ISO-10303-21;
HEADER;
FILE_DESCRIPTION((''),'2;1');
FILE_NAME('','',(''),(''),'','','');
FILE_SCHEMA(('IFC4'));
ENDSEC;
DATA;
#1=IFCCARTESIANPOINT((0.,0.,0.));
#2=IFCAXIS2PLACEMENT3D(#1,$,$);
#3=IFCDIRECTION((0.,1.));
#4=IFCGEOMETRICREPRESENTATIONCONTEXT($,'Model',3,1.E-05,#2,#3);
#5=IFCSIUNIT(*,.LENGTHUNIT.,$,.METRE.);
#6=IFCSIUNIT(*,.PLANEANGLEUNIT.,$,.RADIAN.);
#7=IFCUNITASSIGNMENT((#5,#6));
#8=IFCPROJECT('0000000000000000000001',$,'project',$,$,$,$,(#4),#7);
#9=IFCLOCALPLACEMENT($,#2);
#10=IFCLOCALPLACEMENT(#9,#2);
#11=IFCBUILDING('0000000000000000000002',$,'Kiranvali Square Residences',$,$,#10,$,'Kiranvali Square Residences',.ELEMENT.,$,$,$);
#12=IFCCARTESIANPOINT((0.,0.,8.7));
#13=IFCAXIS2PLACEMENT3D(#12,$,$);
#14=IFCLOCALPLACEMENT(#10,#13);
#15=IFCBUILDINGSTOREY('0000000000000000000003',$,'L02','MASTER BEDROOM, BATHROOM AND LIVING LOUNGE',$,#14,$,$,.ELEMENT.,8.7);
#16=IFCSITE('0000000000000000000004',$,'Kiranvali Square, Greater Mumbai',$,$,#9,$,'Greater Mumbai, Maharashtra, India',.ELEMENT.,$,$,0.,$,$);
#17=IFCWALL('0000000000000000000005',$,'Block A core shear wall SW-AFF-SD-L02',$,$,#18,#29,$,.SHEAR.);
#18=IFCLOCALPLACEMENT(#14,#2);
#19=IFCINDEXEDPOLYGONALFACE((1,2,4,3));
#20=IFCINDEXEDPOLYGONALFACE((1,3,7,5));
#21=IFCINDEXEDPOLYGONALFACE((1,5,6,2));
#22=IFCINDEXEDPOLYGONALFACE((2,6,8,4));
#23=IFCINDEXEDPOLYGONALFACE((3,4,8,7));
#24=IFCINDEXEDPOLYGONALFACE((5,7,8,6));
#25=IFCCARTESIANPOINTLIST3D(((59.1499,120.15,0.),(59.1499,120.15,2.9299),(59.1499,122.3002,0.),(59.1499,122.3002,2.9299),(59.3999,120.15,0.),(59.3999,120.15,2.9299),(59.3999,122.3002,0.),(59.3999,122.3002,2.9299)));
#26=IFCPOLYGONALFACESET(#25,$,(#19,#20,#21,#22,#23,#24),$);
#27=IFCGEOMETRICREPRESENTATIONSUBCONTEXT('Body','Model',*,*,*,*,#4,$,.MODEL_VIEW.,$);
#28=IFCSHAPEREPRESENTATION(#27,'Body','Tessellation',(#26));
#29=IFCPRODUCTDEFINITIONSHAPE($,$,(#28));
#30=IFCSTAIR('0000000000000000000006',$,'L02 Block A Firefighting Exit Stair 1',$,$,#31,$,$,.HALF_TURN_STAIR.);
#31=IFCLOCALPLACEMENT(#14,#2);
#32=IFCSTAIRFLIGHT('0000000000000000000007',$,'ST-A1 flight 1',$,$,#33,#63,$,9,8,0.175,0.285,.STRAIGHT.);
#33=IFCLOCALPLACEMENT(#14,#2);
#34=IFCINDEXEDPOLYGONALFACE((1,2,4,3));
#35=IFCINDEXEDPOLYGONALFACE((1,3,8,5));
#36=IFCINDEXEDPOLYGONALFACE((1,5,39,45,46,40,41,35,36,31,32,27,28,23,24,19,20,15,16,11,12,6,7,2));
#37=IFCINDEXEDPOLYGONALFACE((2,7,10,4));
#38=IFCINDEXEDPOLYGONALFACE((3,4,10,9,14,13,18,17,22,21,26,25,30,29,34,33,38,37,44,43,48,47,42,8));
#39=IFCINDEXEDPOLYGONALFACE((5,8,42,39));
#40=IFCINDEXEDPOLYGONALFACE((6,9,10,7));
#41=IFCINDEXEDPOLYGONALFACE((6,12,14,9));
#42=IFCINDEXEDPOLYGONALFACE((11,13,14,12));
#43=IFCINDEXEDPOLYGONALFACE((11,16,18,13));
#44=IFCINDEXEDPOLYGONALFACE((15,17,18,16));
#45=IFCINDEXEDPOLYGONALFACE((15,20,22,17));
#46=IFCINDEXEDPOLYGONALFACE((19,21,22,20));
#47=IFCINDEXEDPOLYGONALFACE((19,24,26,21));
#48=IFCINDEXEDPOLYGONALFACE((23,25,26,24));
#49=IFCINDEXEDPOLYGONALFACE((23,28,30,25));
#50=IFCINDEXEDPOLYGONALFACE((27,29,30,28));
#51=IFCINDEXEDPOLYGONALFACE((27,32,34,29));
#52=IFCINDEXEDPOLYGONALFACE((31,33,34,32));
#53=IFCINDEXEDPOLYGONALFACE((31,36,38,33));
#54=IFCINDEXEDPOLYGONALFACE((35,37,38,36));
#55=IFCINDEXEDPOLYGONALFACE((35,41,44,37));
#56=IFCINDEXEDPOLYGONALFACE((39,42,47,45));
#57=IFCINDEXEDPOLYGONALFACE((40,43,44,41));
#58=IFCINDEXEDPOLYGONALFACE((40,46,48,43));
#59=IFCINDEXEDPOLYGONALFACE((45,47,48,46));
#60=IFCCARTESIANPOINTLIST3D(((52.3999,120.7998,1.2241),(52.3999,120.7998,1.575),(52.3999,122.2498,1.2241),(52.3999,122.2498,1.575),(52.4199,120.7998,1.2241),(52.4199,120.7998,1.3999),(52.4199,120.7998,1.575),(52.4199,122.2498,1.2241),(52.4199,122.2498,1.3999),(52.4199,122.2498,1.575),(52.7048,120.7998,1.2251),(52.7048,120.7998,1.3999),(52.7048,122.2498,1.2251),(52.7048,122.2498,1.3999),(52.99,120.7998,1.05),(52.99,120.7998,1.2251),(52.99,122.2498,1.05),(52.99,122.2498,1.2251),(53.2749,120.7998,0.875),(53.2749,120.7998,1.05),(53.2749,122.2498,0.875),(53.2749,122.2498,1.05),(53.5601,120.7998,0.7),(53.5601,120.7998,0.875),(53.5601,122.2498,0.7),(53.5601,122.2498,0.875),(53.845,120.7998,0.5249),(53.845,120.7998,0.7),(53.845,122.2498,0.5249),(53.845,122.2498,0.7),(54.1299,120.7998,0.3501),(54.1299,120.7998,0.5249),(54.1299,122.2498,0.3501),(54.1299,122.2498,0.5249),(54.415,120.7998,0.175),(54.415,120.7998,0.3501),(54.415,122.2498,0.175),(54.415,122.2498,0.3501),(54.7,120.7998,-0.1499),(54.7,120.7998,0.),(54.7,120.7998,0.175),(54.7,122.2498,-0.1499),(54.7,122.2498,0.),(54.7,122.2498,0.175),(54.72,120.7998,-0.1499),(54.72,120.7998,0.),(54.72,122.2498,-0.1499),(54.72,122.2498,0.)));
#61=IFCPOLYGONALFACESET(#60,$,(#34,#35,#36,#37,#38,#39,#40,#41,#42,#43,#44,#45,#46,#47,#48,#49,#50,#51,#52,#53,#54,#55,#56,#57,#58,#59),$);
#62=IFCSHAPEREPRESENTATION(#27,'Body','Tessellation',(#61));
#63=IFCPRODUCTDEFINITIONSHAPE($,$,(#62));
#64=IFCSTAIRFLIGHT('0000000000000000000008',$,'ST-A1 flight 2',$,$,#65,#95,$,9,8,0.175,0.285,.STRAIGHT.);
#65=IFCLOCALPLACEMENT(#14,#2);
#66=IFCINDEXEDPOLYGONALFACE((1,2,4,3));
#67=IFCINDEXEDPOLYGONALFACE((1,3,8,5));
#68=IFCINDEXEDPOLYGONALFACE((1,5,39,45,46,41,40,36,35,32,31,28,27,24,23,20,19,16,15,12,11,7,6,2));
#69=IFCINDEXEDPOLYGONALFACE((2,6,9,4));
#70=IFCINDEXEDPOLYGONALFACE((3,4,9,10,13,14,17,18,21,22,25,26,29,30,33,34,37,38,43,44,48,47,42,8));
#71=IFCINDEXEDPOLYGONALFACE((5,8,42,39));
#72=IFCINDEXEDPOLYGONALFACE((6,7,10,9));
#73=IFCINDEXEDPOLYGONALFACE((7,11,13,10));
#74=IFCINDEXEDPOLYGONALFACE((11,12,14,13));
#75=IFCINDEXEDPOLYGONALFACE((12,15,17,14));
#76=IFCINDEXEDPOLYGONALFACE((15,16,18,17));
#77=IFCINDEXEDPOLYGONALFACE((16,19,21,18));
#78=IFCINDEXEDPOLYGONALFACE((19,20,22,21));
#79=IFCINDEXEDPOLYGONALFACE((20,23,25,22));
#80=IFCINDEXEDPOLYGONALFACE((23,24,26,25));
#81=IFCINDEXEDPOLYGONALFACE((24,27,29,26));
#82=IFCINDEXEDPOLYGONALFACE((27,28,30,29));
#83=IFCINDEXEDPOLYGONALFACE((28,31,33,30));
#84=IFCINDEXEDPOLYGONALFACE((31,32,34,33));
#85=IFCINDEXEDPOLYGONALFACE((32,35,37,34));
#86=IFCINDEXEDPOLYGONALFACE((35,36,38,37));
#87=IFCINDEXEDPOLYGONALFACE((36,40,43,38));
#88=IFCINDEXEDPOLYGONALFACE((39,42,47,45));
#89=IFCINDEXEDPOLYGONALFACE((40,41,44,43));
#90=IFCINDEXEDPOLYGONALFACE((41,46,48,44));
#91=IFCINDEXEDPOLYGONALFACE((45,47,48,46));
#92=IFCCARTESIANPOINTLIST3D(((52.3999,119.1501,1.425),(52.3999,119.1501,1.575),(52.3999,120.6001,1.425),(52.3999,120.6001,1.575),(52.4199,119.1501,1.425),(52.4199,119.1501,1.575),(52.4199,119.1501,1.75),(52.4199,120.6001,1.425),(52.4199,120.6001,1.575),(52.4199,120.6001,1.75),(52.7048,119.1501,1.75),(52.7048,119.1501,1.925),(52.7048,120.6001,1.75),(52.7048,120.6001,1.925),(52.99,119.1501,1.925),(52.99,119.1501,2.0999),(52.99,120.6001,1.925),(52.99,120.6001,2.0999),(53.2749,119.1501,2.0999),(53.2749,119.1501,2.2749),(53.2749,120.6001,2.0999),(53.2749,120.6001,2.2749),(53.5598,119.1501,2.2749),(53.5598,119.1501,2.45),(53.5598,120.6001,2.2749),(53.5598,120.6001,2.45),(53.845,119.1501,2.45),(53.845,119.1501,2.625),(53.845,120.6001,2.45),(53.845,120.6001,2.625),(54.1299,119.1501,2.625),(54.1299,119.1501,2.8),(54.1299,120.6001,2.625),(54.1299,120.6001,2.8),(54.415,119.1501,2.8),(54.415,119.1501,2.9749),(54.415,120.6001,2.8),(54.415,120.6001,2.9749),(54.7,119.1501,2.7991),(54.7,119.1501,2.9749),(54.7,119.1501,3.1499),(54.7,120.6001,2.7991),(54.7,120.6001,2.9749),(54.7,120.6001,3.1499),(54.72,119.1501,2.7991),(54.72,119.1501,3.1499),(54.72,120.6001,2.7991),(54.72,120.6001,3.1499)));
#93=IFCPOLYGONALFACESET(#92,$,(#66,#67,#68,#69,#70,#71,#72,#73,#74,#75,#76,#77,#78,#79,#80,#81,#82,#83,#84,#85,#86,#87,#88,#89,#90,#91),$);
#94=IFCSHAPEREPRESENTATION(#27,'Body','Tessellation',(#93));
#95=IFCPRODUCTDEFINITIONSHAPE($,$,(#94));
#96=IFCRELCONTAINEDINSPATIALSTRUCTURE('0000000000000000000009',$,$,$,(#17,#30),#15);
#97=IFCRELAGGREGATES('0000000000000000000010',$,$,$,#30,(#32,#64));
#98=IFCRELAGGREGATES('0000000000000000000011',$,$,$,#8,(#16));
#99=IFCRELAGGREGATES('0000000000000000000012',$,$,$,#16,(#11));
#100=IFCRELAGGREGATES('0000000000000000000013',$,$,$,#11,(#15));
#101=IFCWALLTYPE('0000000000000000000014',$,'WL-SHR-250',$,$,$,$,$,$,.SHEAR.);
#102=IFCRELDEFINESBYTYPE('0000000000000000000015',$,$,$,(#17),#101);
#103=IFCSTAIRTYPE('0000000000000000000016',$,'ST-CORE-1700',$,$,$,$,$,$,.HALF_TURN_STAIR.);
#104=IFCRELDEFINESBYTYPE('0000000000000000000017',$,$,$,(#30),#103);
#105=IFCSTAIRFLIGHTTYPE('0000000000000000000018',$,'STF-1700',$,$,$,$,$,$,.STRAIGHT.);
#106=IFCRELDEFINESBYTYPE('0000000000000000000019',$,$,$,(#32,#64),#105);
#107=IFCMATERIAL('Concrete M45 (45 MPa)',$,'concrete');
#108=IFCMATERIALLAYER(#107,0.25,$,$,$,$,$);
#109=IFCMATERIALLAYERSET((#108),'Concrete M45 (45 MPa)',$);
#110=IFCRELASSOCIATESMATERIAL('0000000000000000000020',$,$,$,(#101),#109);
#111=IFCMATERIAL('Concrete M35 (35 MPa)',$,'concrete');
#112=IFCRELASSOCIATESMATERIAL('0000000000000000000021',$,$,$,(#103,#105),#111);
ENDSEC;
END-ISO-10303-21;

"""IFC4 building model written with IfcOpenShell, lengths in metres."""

from ifc_helpers import new_model, si_unit, direction, frame, frame_2d, origin, place, context, subcontext, project, spatial, polyline, rectangle, outline, extrude, material, layer, layer_set, type_object, element, aggregate, save


model = new_model("IFC4")

# Units and contexts
model_context = context("Model", 3, precision=1e-05, world=origin(), true_north=direction((0.0, 1.0)))
body_context = subcontext(model_context, "Body", "Model", "MODEL_VIEW")
ifc_project = project(units=[si_unit("LENGTHUNIT", "METRE"), si_unit("PLANEANGLEUNIT", "RADIAN")], contexts=[model_context])

# Site, building, storey
site_placement = place(None, origin())
site = spatial("IfcSite", under=ifc_project, at=site_placement, Name="Kiranvali Square, Greater Mumbai", LongName="Greater Mumbai, Maharashtra, India", CompositionType="ELEMENT", RefElevation=0.0)
building_placement = place(site_placement, origin())
building = spatial("IfcBuilding", under=site, at=building_placement, Name="Kiranvali Square Residences", LongName="Kiranvali Square Residences", CompositionType="ELEMENT")
storey_placement = place(building_placement, frame((0.0, 0.0, 8.7)))
storey = spatial("IfcBuildingStorey", under=building, at=storey_placement, Name="L02", Description="MASTER BEDROOM, BATHROOM AND LIVING LOUNGE", CompositionType="ELEMENT", Elevation=8.7)

# Shared definitions
ifc_material_1 = material(Name="Concrete M45 (45 MPa)", Category="concrete")

# Wall
ifc_layer_1 = layer(ifc_material_1, 0.25)
ifc_layer_set_1 = layer_set([ifc_layer_1], Name="Concrete M45 (45 MPa)")
wall_type_1 = type_object("IfcWallType", Name="WL-SHR-250", PredefinedType="SHEAR", material=ifc_layer_set_1)
wall_1_placement = place(storey_placement, frame((59.2749, 120.1499, 0.0), z_axis=(0.0, 0.0, 1.0), x_axis=(0.0, 1.0, 0.0)))
element("IfcWall", 1, at=wall_1_placement, inside=storey, type_object=wall_type_1, Name="Block A core shear wall SW-AFF-SD-L02", PredefinedType="SHEAR", context=body_context, shape_type="SweptSolid", body=[
    extrude(rectangle(XDim=2.1501, YDim=0.25, at=frame_2d((1.0752, 0.0))), origin(), (0.0, 0.0, 1.0), 2.9299),
])

# Stair, stair flights
ifc_material_2 = material(Name="Concrete M35 (35 MPa)", Category="concrete")
stair_type = type_object("IfcStairType", Name="ST-CORE-1700", PredefinedType="HALF_TURN_STAIR", material=ifc_material_2)
stair_placement = place(storey_placement, origin())
stair = element("IfcStair", 2, at=stair_placement, inside=storey, type_object=stair_type, Name="L02 Block A Firefighting Exit Stair 1", PredefinedType="HALF_TURN_STAIR")
stair_flight_type = type_object("IfcStairFlightType", Name="STF-1700", PredefinedType="STRAIGHT", material=ifc_material_2)
stair_flight_1_placement = place(storey_placement, frame((54.7, 121.5249, 0.0), z_axis=(0.0, 0.0, 1.0), x_axis=(-1.0, 0.0, 0.0)))
stair_flight_1 = element("IfcStairFlight", 3, at=stair_flight_1_placement, type_object=stair_flight_type, Name="ST-A1 flight 1", NumberOfRisers=9, NumberOfTreads=8, PredefinedType="STRAIGHT", RiserHeight=0.175, TreadLength=0.285, context=body_context, shape_type="SweptSolid", body=[
    extrude(outline(polyline([(-0.02, -0.1499), (-0.02, 0.0), (0.0, 0.0), (0.0, 0.175), (0.2849, 0.175), (0.2849, 0.3501), (0.5701, 0.3501), (0.5701, 0.5249), (0.855, 0.5249), (0.855, 0.7), (1.1399, 0.7), (1.1399, 0.875), (1.425, 0.875), (1.425, 1.05), (1.71, 1.05), (1.71, 1.2251), (1.9951, 1.2251), (1.9951, 1.3999), (2.28, 1.3999), (2.28, 1.575), (2.3, 1.575), (2.3, 1.2241), (2.28, 1.2241), (0.0, -0.1499), (-0.02, -0.1499)])), frame((0.0, 0.7251, 0.0), z_axis=(0.0, -1.0, 0.0), x_axis=(1.0, 0.0, 0.0)), (0.0, 0.0, 1.0), 1.45),
])
stair_flight_2_placement = place(storey_placement, frame((52.4199, 119.875, 1.575), z_axis=(0.0, 0.0, 1.0), x_axis=(1.0, 0.0, 0.0)))
stair_flight_2 = element("IfcStairFlight", 4, at=stair_flight_2_placement, type_object=stair_flight_type, Name="ST-A1 flight 2", NumberOfRisers=9, NumberOfTreads=8, PredefinedType="STRAIGHT", RiserHeight=0.175, TreadLength=0.285, context=body_context, shape_type="SweptSolid", body=[
    extrude(outline(polyline([(-0.02, -0.1499), (-0.02, 0.0), (0.0, 0.0), (0.0, 0.175), (0.2849, 0.175), (0.2849, 0.3501), (0.5701, 0.3501), (0.5701, 0.5249), (0.855, 0.5249), (0.855, 0.7), (1.1399, 0.7), (1.1399, 0.875), (1.425, 0.875), (1.425, 1.05), (1.71, 1.05), (1.71, 1.2251), (1.9951, 1.2251), (1.9951, 1.3999), (2.28, 1.3999), (2.28, 1.575), (2.3, 1.575), (2.3, 1.2241), (2.28, 1.2241), (0.0, -0.1499), (-0.02, -0.1499)])), frame((0.0, 0.7251, 0.0), z_axis=(0.0, -1.0, 0.0), x_axis=(1.0, 0.0, 0.0)), (0.0, 0.0, 1.0), 1.45),
])
aggregate(stair, [stair_flight_1, stair_flight_2])

save(model, "model.ifc")
